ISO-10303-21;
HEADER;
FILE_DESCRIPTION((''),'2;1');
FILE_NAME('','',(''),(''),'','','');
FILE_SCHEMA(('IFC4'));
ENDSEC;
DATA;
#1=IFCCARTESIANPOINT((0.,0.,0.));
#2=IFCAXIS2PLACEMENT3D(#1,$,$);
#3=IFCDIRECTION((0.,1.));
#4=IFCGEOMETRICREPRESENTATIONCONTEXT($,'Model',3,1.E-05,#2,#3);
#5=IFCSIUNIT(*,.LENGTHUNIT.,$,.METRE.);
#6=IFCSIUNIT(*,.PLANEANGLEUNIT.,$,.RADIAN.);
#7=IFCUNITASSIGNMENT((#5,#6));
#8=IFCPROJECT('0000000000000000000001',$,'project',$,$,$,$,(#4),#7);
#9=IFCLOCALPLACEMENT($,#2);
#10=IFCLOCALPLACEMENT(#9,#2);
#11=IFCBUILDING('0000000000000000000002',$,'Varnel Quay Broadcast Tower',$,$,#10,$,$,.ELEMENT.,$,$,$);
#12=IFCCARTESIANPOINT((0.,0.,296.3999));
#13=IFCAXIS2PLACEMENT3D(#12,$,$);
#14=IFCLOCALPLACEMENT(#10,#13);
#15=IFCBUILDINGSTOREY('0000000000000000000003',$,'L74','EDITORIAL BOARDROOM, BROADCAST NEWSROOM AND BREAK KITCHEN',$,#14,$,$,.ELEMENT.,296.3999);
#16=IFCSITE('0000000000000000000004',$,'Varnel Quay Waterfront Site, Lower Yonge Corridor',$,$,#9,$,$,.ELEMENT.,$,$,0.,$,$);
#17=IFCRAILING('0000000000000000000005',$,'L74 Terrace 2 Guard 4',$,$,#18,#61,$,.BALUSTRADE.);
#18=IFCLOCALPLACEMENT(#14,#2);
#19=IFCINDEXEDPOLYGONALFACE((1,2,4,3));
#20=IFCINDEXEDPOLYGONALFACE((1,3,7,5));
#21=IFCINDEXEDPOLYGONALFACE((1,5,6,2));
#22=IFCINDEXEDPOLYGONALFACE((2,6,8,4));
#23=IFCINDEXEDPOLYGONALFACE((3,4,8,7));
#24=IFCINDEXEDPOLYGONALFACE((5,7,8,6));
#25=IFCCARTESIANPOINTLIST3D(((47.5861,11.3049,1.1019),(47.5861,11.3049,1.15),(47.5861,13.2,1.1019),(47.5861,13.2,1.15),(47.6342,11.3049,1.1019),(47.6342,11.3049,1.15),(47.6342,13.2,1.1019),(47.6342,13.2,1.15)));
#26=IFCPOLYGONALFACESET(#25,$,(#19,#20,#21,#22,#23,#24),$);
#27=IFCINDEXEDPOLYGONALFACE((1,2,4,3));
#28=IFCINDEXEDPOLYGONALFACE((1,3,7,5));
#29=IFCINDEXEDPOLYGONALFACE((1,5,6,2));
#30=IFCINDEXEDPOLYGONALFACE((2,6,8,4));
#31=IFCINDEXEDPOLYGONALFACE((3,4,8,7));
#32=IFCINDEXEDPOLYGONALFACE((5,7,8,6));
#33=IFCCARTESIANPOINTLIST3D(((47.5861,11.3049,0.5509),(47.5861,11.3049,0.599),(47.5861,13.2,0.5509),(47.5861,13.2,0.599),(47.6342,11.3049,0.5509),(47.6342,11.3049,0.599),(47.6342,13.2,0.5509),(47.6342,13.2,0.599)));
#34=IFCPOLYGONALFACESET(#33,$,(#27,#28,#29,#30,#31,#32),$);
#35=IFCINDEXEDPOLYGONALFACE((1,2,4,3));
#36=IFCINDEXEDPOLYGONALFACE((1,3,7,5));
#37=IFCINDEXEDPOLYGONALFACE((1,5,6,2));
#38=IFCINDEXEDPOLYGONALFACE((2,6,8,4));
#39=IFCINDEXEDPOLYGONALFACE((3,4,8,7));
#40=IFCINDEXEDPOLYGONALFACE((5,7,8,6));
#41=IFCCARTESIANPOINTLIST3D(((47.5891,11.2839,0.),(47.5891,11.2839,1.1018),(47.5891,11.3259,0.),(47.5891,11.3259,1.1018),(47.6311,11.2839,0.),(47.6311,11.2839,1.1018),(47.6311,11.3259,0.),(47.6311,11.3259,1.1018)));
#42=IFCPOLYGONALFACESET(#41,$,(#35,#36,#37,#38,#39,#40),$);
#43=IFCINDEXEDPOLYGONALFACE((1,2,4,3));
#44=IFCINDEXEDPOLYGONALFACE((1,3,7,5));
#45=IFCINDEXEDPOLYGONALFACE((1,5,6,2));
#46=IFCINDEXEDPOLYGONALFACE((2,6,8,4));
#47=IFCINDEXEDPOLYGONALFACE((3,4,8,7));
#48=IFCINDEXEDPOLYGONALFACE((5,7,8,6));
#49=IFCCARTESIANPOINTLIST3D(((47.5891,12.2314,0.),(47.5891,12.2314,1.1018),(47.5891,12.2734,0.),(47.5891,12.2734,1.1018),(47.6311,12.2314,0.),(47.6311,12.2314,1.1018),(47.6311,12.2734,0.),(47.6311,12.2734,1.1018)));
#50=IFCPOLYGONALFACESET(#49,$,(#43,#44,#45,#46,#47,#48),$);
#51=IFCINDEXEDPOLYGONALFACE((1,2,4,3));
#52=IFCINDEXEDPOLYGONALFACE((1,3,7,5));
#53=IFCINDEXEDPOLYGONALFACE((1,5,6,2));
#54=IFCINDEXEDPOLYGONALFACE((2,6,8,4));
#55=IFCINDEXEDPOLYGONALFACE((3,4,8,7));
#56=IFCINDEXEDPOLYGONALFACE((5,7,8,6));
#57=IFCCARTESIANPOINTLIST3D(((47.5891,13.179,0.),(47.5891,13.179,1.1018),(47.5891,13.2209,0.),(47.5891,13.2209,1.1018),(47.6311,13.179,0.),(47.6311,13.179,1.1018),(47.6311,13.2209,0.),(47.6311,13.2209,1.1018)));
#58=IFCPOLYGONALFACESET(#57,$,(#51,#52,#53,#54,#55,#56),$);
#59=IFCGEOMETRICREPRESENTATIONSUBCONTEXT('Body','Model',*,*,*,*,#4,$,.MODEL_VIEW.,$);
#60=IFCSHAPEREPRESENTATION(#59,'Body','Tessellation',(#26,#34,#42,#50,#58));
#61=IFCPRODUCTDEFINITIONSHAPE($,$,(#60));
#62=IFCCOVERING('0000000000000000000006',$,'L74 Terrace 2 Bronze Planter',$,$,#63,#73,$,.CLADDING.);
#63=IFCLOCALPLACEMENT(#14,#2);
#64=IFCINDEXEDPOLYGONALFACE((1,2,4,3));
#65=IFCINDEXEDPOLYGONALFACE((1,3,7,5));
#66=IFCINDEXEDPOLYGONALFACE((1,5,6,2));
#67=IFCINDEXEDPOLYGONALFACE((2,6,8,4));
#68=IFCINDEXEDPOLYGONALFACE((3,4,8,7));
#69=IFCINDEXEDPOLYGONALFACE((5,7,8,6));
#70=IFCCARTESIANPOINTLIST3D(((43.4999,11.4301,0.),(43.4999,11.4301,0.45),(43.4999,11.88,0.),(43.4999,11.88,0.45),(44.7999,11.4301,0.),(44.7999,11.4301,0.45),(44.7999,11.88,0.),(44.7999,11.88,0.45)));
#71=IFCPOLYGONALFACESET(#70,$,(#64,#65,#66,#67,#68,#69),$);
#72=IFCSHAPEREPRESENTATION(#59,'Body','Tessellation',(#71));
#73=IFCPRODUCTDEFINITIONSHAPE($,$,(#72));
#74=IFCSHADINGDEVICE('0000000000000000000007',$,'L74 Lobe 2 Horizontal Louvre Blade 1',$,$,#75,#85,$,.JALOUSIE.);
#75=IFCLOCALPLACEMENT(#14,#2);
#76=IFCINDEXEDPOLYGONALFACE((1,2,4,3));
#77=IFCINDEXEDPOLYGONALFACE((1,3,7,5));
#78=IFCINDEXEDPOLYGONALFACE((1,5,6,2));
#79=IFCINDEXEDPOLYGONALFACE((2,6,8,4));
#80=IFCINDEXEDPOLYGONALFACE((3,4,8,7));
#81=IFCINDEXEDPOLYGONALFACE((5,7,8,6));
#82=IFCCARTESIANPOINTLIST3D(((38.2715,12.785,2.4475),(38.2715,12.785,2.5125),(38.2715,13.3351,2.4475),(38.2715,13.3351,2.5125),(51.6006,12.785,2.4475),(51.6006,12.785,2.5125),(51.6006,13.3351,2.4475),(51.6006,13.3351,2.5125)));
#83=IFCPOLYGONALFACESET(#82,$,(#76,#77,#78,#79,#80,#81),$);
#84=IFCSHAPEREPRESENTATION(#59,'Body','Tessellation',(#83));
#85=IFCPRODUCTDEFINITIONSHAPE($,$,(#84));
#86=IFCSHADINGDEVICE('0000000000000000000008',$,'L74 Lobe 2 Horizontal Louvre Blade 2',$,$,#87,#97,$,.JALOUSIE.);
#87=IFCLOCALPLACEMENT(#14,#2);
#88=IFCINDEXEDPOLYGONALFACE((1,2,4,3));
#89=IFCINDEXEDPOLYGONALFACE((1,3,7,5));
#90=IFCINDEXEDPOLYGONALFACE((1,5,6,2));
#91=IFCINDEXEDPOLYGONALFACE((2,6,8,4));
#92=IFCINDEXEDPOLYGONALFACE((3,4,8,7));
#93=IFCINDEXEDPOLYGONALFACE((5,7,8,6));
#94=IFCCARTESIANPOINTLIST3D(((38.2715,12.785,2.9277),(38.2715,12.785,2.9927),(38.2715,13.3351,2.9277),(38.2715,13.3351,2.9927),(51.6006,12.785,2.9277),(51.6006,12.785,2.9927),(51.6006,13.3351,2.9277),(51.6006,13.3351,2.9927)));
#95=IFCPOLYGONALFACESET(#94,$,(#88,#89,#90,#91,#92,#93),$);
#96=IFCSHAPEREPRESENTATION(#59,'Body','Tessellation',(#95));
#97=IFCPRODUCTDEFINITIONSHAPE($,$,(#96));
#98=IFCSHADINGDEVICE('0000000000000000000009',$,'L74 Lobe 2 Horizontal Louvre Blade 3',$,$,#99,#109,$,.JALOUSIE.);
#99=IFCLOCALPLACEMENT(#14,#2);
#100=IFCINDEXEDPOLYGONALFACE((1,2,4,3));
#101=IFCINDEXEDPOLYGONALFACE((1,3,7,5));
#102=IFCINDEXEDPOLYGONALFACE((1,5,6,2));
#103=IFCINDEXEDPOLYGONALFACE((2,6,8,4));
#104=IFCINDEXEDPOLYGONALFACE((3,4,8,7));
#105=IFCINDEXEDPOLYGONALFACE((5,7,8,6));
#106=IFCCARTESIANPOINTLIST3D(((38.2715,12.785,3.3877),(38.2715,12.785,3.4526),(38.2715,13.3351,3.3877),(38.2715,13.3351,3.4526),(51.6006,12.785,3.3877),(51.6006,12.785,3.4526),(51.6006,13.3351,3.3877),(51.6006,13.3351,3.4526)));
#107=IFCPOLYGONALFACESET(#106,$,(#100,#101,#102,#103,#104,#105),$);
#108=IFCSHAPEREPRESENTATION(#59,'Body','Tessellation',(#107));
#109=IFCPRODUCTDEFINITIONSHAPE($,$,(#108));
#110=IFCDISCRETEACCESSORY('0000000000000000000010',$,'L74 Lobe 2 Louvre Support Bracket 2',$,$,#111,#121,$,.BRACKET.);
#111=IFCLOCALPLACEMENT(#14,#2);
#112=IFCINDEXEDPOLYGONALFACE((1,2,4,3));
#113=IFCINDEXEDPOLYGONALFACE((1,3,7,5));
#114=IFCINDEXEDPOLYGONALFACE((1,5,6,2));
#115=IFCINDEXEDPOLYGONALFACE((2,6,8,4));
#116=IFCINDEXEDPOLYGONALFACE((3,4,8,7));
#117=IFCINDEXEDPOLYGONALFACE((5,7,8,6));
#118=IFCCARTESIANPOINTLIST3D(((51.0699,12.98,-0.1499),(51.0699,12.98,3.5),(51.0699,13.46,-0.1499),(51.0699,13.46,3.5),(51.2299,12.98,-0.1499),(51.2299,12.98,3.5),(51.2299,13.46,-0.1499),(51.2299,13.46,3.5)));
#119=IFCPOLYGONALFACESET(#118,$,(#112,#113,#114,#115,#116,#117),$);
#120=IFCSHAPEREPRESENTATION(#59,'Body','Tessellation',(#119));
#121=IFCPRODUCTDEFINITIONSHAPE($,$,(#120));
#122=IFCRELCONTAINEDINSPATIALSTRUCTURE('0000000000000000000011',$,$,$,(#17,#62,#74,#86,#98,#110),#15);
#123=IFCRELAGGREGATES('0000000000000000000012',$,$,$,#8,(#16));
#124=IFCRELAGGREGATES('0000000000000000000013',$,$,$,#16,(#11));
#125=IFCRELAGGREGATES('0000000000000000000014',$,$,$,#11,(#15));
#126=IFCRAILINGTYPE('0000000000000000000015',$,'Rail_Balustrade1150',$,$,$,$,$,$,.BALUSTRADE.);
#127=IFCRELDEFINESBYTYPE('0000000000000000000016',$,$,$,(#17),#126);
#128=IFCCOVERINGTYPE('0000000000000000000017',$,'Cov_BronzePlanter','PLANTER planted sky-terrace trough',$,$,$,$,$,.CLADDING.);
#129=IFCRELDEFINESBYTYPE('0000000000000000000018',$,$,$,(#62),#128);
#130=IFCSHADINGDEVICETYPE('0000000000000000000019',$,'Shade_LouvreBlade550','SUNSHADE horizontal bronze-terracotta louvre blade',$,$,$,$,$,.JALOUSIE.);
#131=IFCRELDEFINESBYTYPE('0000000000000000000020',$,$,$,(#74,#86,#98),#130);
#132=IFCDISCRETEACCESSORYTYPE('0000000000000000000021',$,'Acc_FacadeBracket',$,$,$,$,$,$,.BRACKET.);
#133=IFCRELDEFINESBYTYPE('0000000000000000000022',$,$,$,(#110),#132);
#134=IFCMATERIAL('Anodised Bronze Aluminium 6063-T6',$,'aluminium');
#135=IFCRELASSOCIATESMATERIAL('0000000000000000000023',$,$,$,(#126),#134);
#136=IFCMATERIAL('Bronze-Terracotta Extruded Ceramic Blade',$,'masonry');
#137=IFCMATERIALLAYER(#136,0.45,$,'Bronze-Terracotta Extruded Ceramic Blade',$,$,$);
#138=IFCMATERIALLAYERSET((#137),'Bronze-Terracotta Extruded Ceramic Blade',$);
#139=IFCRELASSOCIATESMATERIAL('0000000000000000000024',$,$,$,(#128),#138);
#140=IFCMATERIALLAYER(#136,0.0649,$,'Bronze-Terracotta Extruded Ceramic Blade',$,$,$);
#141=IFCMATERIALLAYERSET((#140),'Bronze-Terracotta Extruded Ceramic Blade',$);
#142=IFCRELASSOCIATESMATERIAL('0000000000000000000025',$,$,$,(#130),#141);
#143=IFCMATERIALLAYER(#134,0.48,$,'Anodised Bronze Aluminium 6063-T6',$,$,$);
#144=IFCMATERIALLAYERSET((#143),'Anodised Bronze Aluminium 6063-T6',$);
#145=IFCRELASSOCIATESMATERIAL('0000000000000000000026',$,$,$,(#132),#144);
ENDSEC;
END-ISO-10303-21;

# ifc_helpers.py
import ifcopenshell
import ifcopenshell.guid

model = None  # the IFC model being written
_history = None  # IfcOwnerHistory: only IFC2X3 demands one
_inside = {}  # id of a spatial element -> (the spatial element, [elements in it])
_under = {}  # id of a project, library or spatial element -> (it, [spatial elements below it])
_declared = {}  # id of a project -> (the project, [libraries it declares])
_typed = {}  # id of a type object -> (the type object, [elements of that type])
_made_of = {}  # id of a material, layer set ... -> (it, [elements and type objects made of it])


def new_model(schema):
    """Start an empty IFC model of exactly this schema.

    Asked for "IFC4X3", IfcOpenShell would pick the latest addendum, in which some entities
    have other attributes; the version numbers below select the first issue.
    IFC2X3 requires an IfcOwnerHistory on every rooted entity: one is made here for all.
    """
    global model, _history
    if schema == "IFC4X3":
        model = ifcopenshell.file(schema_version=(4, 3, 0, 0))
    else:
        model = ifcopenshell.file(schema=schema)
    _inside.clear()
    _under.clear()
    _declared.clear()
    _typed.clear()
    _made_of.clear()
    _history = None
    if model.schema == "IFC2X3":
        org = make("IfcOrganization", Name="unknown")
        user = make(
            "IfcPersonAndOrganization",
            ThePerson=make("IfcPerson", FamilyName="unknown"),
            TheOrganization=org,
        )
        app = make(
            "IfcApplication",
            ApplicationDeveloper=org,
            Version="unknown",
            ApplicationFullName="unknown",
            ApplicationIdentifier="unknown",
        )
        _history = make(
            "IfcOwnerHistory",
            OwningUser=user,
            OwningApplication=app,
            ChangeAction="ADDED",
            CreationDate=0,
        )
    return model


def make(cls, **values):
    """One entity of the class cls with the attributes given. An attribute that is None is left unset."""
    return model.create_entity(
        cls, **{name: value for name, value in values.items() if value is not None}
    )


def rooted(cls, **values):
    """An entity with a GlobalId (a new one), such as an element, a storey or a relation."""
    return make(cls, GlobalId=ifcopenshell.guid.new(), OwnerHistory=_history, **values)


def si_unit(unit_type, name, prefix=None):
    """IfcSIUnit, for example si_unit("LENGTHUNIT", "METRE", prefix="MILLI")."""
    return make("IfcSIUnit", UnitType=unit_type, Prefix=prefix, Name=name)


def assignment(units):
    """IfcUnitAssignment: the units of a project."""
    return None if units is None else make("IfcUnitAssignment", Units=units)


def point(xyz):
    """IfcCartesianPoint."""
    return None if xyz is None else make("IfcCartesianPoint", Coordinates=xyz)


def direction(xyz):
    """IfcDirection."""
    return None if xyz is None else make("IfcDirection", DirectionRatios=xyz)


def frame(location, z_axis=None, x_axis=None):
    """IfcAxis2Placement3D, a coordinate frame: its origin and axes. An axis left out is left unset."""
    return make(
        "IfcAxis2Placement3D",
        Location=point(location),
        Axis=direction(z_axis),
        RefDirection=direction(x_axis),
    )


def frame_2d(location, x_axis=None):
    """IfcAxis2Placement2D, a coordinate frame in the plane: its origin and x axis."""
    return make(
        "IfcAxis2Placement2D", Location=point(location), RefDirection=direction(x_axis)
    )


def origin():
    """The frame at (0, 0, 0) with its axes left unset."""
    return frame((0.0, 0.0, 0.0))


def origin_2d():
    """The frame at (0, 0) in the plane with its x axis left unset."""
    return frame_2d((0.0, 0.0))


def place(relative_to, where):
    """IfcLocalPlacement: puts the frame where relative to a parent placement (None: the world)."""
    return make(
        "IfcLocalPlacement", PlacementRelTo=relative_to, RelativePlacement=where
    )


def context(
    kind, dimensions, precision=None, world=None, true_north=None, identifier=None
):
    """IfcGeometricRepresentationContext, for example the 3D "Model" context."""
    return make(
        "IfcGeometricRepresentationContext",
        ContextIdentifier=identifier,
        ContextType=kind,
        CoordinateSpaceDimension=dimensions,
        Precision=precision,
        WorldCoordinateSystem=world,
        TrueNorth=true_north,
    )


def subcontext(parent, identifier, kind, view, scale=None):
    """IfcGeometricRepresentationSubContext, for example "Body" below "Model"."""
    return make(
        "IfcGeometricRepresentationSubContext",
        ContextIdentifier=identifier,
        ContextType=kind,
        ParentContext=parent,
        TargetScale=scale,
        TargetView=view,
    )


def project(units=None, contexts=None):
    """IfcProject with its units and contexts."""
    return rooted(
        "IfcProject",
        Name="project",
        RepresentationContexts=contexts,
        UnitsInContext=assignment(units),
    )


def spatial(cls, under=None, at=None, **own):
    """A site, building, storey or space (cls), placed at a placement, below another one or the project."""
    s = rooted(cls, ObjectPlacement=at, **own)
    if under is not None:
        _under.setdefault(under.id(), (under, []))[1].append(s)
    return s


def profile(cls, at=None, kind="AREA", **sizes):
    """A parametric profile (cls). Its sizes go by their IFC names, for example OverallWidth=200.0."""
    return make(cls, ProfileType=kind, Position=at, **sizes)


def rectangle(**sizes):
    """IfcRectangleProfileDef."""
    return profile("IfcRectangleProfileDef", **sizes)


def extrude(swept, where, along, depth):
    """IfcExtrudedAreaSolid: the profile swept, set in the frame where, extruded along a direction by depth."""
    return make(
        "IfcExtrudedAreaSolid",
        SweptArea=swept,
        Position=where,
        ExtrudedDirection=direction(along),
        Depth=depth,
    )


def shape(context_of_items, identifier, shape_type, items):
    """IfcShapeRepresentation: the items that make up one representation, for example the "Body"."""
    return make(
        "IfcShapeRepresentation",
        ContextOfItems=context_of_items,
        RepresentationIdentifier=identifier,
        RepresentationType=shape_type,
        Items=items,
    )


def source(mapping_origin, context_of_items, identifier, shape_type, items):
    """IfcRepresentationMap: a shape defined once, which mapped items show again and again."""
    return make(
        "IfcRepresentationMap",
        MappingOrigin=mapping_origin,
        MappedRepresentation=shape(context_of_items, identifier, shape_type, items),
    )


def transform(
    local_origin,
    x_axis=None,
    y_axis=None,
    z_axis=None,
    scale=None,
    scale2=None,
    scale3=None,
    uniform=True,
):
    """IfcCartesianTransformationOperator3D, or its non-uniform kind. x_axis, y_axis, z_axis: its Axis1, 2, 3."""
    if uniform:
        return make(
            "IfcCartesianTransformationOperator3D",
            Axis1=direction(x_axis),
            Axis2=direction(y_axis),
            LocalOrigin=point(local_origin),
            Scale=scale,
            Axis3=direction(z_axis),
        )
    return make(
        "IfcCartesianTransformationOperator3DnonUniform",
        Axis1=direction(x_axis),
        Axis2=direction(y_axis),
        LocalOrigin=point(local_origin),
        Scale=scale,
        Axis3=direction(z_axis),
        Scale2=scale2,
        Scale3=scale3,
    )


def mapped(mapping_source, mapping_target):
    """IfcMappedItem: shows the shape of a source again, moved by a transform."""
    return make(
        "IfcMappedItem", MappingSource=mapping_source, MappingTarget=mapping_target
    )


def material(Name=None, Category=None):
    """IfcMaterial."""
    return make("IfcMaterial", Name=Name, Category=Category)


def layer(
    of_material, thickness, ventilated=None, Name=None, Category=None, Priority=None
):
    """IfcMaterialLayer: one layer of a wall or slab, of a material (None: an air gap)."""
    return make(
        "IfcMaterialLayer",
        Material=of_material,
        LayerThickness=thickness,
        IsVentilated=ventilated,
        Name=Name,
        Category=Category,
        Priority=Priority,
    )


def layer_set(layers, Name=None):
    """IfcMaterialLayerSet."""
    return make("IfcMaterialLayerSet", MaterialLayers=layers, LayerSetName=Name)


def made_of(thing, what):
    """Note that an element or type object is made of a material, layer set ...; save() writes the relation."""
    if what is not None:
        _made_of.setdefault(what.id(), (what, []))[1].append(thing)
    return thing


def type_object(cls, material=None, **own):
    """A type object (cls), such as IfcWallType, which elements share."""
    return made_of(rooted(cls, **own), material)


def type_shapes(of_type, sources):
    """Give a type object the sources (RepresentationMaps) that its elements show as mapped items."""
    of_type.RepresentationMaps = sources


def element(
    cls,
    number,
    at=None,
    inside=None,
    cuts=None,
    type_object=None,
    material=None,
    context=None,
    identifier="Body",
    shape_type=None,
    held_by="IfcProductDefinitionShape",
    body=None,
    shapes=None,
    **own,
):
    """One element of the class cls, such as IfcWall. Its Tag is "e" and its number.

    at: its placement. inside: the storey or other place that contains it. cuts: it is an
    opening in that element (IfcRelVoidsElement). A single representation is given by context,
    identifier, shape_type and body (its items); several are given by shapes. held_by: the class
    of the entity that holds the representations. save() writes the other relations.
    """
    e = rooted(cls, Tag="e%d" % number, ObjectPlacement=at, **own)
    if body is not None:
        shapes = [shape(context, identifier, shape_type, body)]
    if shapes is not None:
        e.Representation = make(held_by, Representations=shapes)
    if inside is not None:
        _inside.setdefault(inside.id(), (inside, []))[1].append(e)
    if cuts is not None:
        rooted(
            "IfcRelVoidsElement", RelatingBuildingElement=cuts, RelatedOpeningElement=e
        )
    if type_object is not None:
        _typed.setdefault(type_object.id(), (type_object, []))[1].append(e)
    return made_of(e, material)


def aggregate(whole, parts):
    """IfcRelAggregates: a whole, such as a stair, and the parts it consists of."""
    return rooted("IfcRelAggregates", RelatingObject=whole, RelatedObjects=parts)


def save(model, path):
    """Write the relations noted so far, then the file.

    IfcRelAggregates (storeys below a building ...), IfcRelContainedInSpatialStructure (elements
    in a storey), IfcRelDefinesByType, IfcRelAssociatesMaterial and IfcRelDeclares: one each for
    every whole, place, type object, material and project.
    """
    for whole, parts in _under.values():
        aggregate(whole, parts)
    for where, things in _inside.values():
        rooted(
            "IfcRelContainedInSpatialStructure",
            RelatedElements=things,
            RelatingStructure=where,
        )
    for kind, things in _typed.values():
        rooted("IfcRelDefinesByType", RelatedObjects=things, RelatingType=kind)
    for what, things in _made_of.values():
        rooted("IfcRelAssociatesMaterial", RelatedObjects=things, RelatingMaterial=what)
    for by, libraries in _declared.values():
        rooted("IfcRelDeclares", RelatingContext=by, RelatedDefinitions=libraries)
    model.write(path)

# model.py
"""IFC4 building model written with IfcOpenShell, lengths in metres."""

from ifc_helpers import new_model, si_unit, direction, frame, origin, origin_2d, place, context, subcontext, project, spatial, rectangle, extrude, source, transform, mapped, material, layer, layer_set, type_object, type_shapes, element, save


model = new_model("IFC4")

# Units and contexts
model_context = context("Model", 3, precision=1e-05, world=origin(), true_north=direction((0.0, 1.0)))
body_context = subcontext(model_context, "Body", "Model", "MODEL_VIEW")
ifc_project = project(units=[si_unit("LENGTHUNIT", "METRE"), si_unit("PLANEANGLEUNIT", "RADIAN")], contexts=[model_context])

# Site, building, storey
site_placement = place(None, origin())
site = spatial("IfcSite", under=ifc_project, at=site_placement, Name="Varnel Quay Waterfront Site, Lower Yonge Corridor", CompositionType="ELEMENT", RefElevation=0.0)
building_placement = place(site_placement, origin())
building = spatial("IfcBuilding", under=site, at=building_placement, Name="Varnel Quay Broadcast Tower", CompositionType="ELEMENT")
storey_placement = place(building_placement, frame((0.0, 0.0, 296.3999)))
storey = spatial("IfcBuildingStorey", under=building, at=storey_placement, Name="L74", Description="EDITORIAL BOARDROOM, BROADCAST NEWSROOM AND BREAK KITCHEN", CompositionType="ELEMENT", Elevation=296.3999)

# Shared definitions
ifc_material_1 = material(Name="Anodised Bronze Aluminium 6063-T6", Category="aluminium")

# Railing
railing_type = type_object("IfcRailingType", Name="Rail_Balustrade1150", PredefinedType="BALUSTRADE", material=ifc_material_1)
railing_placement = place(storey_placement, frame((47.6101, 11.3049, 0.0)))
element("IfcRailing", 1, at=railing_placement, inside=storey, type_object=railing_type, Name="L74 Terrace 2 Guard 4", PredefinedType="BALUSTRADE", context=body_context, shape_type="SweptSolid", body=[
    extrude(rectangle(XDim=0.0481, YDim=0.0481, at=origin_2d()), frame((0.0, 0.0, 1.126), z_axis=(0.0, 1.0, 0.0), x_axis=(-1.0, 0.0, 0.0)), (0.0, 0.0, 1.0), 1.895),
    extrude(rectangle(XDim=0.0481, YDim=0.0481, at=origin_2d()), frame((0.0, 0.0, 0.575), z_axis=(0.0, 1.0, 0.0), x_axis=(-1.0, 0.0, 0.0)), (0.0, 0.0, 1.0), 1.895),
    extrude(rectangle(XDim=0.042, YDim=0.042, at=origin_2d()), origin(), (0.0, 0.0, 1.0), 1.1018),
    extrude(rectangle(XDim=0.042, YDim=0.042, at=origin_2d()), frame((0.0, 0.9475, 0.0)), (0.0, 0.0, 1.0), 1.1018),
    extrude(rectangle(XDim=0.042, YDim=0.042, at=origin_2d()), frame((0.0, 1.895, 0.0)), (0.0, 0.0, 1.0), 1.1018),
])

# Covering
ifc_material_2 = material(Name="Bronze-Terracotta Extruded Ceramic Blade", Category="masonry")
ifc_layer_1 = layer(ifc_material_2, 0.45, Name="Bronze-Terracotta Extruded Ceramic Blade")
ifc_layer_set_1 = layer_set([ifc_layer_1], Name="Bronze-Terracotta Extruded Ceramic Blade")
covering_type = type_object("IfcCoveringType", Name="Cov_BronzePlanter", Description="PLANTER planted sky-terrace trough", PredefinedType="CLADDING", material=ifc_layer_set_1)
shared_shape_1 = source(origin(), body_context, "Body", "SweptSolid", [
    extrude(rectangle(XDim=1.3, YDim=0.45, at=origin_2d()), origin(), (0.0, 0.0, 1.0), 0.45),
])
type_shapes(covering_type, [shared_shape_1])
covering_placement = place(storey_placement, frame((44.1499, 11.655, 0.0), z_axis=(0.0, 0.0, 1.0), x_axis=(1.0, 0.0, 0.0)))
element("IfcCovering", 2, at=covering_placement, inside=storey, type_object=covering_type, Name="L74 Terrace 2 Bronze Planter", PredefinedType="CLADDING", context=body_context, shape_type="MappedRepresentation", body=[
    mapped(shared_shape_1, transform((0.0, 0.0, 0.0), x_axis=(1.0, 0.0, 0.0), y_axis=(0.0, 1.0, 0.0), z_axis=(0.0, 0.0, 1.0), scale=1.0)),
])

# Shading devices
ifc_layer_2 = layer(ifc_material_2, 0.0649, Name="Bronze-Terracotta Extruded Ceramic Blade")
ifc_layer_set_2 = layer_set([ifc_layer_2], Name="Bronze-Terracotta Extruded Ceramic Blade")
shading_device_type = type_object("IfcShadingDeviceType", Name="Shade_LouvreBlade550", Description="SUNSHADE horizontal bronze-terracotta louvre blade", PredefinedType="JALOUSIE", material=ifc_layer_set_2)
shared_shape_2 = source(origin(), body_context, "Body", "SweptSolid", [
    extrude(rectangle(XDim=13.3291, YDim=0.55, at=origin_2d()), origin(), (0.0, 0.0, 1.0), 0.0649),
])
type_shapes(shading_device_type, [shared_shape_2])
for number, where, z_axis, x_axis, name in (
    (3, (44.936, 13.0601, 2.4475), (0.0, 0.0, 1.0), (1.0, 0.0, 0.0), "L74 Lobe 2 Horizontal Louvre Blade 1"),
    (4, (44.936, 13.0601, 2.9277), (0.0, 0.0, 1.0), (1.0, 0.0, 0.0), "L74 Lobe 2 Horizontal Louvre Blade 2"),
    (5, (44.936, 13.0601, 3.3877), (0.0, 0.0, 1.0), (1.0, 0.0, 0.0), "L74 Lobe 2 Horizontal Louvre Blade 3"),
):
    element("IfcShadingDevice", number, at=place(storey_placement, frame(where, z_axis=z_axis, x_axis=x_axis)), inside=storey, type_object=shading_device_type, Name=name, PredefinedType="JALOUSIE", context=body_context, shape_type="MappedRepresentation", body=[
        mapped(shared_shape_2, transform((0.0, 0.0, 0.0), x_axis=(1.0, 0.0, 0.0), y_axis=(0.0, 1.0, 0.0), z_axis=(0.0, 0.0, 1.0), scale=1.0)),
    ])

# Discrete accessory
ifc_layer_3 = layer(ifc_material_1, 0.48, Name="Anodised Bronze Aluminium 6063-T6")
ifc_layer_set_3 = layer_set([ifc_layer_3], Name="Anodised Bronze Aluminium 6063-T6")
discrete_accessory_type = type_object("IfcDiscreteAccessoryType", Name="Acc_FacadeBracket", PredefinedType="BRACKET", material=ifc_layer_set_3)
shared_shape_3 = source(origin(), body_context, "Body", "SweptSolid", [
    extrude(rectangle(XDim=0.1599, YDim=0.48, at=origin_2d()), origin(), (0.0, 0.0, 1.0), 3.6499),
])
type_shapes(discrete_accessory_type, [shared_shape_3])
discrete_accessory_placement = place(storey_placement, frame((51.1499, 13.22, -0.1499), z_axis=(0.0, 0.0, 1.0), x_axis=(1.0, 0.0, 0.0)))
element("IfcDiscreteAccessory", 6, at=discrete_accessory_placement, inside=storey, type_object=discrete_accessory_type, Name="L74 Lobe 2 Louvre Support Bracket 2", PredefinedType="BRACKET", context=body_context, shape_type="MappedRepresentation", body=[
    mapped(shared_shape_3, transform((0.0, 0.0, 0.0), x_axis=(1.0, 0.0, 0.0), y_axis=(0.0, 1.0, 0.0), z_axis=(0.0, 0.0, 1.0), scale=1.0)),
])

save(model, "model.ifc")
